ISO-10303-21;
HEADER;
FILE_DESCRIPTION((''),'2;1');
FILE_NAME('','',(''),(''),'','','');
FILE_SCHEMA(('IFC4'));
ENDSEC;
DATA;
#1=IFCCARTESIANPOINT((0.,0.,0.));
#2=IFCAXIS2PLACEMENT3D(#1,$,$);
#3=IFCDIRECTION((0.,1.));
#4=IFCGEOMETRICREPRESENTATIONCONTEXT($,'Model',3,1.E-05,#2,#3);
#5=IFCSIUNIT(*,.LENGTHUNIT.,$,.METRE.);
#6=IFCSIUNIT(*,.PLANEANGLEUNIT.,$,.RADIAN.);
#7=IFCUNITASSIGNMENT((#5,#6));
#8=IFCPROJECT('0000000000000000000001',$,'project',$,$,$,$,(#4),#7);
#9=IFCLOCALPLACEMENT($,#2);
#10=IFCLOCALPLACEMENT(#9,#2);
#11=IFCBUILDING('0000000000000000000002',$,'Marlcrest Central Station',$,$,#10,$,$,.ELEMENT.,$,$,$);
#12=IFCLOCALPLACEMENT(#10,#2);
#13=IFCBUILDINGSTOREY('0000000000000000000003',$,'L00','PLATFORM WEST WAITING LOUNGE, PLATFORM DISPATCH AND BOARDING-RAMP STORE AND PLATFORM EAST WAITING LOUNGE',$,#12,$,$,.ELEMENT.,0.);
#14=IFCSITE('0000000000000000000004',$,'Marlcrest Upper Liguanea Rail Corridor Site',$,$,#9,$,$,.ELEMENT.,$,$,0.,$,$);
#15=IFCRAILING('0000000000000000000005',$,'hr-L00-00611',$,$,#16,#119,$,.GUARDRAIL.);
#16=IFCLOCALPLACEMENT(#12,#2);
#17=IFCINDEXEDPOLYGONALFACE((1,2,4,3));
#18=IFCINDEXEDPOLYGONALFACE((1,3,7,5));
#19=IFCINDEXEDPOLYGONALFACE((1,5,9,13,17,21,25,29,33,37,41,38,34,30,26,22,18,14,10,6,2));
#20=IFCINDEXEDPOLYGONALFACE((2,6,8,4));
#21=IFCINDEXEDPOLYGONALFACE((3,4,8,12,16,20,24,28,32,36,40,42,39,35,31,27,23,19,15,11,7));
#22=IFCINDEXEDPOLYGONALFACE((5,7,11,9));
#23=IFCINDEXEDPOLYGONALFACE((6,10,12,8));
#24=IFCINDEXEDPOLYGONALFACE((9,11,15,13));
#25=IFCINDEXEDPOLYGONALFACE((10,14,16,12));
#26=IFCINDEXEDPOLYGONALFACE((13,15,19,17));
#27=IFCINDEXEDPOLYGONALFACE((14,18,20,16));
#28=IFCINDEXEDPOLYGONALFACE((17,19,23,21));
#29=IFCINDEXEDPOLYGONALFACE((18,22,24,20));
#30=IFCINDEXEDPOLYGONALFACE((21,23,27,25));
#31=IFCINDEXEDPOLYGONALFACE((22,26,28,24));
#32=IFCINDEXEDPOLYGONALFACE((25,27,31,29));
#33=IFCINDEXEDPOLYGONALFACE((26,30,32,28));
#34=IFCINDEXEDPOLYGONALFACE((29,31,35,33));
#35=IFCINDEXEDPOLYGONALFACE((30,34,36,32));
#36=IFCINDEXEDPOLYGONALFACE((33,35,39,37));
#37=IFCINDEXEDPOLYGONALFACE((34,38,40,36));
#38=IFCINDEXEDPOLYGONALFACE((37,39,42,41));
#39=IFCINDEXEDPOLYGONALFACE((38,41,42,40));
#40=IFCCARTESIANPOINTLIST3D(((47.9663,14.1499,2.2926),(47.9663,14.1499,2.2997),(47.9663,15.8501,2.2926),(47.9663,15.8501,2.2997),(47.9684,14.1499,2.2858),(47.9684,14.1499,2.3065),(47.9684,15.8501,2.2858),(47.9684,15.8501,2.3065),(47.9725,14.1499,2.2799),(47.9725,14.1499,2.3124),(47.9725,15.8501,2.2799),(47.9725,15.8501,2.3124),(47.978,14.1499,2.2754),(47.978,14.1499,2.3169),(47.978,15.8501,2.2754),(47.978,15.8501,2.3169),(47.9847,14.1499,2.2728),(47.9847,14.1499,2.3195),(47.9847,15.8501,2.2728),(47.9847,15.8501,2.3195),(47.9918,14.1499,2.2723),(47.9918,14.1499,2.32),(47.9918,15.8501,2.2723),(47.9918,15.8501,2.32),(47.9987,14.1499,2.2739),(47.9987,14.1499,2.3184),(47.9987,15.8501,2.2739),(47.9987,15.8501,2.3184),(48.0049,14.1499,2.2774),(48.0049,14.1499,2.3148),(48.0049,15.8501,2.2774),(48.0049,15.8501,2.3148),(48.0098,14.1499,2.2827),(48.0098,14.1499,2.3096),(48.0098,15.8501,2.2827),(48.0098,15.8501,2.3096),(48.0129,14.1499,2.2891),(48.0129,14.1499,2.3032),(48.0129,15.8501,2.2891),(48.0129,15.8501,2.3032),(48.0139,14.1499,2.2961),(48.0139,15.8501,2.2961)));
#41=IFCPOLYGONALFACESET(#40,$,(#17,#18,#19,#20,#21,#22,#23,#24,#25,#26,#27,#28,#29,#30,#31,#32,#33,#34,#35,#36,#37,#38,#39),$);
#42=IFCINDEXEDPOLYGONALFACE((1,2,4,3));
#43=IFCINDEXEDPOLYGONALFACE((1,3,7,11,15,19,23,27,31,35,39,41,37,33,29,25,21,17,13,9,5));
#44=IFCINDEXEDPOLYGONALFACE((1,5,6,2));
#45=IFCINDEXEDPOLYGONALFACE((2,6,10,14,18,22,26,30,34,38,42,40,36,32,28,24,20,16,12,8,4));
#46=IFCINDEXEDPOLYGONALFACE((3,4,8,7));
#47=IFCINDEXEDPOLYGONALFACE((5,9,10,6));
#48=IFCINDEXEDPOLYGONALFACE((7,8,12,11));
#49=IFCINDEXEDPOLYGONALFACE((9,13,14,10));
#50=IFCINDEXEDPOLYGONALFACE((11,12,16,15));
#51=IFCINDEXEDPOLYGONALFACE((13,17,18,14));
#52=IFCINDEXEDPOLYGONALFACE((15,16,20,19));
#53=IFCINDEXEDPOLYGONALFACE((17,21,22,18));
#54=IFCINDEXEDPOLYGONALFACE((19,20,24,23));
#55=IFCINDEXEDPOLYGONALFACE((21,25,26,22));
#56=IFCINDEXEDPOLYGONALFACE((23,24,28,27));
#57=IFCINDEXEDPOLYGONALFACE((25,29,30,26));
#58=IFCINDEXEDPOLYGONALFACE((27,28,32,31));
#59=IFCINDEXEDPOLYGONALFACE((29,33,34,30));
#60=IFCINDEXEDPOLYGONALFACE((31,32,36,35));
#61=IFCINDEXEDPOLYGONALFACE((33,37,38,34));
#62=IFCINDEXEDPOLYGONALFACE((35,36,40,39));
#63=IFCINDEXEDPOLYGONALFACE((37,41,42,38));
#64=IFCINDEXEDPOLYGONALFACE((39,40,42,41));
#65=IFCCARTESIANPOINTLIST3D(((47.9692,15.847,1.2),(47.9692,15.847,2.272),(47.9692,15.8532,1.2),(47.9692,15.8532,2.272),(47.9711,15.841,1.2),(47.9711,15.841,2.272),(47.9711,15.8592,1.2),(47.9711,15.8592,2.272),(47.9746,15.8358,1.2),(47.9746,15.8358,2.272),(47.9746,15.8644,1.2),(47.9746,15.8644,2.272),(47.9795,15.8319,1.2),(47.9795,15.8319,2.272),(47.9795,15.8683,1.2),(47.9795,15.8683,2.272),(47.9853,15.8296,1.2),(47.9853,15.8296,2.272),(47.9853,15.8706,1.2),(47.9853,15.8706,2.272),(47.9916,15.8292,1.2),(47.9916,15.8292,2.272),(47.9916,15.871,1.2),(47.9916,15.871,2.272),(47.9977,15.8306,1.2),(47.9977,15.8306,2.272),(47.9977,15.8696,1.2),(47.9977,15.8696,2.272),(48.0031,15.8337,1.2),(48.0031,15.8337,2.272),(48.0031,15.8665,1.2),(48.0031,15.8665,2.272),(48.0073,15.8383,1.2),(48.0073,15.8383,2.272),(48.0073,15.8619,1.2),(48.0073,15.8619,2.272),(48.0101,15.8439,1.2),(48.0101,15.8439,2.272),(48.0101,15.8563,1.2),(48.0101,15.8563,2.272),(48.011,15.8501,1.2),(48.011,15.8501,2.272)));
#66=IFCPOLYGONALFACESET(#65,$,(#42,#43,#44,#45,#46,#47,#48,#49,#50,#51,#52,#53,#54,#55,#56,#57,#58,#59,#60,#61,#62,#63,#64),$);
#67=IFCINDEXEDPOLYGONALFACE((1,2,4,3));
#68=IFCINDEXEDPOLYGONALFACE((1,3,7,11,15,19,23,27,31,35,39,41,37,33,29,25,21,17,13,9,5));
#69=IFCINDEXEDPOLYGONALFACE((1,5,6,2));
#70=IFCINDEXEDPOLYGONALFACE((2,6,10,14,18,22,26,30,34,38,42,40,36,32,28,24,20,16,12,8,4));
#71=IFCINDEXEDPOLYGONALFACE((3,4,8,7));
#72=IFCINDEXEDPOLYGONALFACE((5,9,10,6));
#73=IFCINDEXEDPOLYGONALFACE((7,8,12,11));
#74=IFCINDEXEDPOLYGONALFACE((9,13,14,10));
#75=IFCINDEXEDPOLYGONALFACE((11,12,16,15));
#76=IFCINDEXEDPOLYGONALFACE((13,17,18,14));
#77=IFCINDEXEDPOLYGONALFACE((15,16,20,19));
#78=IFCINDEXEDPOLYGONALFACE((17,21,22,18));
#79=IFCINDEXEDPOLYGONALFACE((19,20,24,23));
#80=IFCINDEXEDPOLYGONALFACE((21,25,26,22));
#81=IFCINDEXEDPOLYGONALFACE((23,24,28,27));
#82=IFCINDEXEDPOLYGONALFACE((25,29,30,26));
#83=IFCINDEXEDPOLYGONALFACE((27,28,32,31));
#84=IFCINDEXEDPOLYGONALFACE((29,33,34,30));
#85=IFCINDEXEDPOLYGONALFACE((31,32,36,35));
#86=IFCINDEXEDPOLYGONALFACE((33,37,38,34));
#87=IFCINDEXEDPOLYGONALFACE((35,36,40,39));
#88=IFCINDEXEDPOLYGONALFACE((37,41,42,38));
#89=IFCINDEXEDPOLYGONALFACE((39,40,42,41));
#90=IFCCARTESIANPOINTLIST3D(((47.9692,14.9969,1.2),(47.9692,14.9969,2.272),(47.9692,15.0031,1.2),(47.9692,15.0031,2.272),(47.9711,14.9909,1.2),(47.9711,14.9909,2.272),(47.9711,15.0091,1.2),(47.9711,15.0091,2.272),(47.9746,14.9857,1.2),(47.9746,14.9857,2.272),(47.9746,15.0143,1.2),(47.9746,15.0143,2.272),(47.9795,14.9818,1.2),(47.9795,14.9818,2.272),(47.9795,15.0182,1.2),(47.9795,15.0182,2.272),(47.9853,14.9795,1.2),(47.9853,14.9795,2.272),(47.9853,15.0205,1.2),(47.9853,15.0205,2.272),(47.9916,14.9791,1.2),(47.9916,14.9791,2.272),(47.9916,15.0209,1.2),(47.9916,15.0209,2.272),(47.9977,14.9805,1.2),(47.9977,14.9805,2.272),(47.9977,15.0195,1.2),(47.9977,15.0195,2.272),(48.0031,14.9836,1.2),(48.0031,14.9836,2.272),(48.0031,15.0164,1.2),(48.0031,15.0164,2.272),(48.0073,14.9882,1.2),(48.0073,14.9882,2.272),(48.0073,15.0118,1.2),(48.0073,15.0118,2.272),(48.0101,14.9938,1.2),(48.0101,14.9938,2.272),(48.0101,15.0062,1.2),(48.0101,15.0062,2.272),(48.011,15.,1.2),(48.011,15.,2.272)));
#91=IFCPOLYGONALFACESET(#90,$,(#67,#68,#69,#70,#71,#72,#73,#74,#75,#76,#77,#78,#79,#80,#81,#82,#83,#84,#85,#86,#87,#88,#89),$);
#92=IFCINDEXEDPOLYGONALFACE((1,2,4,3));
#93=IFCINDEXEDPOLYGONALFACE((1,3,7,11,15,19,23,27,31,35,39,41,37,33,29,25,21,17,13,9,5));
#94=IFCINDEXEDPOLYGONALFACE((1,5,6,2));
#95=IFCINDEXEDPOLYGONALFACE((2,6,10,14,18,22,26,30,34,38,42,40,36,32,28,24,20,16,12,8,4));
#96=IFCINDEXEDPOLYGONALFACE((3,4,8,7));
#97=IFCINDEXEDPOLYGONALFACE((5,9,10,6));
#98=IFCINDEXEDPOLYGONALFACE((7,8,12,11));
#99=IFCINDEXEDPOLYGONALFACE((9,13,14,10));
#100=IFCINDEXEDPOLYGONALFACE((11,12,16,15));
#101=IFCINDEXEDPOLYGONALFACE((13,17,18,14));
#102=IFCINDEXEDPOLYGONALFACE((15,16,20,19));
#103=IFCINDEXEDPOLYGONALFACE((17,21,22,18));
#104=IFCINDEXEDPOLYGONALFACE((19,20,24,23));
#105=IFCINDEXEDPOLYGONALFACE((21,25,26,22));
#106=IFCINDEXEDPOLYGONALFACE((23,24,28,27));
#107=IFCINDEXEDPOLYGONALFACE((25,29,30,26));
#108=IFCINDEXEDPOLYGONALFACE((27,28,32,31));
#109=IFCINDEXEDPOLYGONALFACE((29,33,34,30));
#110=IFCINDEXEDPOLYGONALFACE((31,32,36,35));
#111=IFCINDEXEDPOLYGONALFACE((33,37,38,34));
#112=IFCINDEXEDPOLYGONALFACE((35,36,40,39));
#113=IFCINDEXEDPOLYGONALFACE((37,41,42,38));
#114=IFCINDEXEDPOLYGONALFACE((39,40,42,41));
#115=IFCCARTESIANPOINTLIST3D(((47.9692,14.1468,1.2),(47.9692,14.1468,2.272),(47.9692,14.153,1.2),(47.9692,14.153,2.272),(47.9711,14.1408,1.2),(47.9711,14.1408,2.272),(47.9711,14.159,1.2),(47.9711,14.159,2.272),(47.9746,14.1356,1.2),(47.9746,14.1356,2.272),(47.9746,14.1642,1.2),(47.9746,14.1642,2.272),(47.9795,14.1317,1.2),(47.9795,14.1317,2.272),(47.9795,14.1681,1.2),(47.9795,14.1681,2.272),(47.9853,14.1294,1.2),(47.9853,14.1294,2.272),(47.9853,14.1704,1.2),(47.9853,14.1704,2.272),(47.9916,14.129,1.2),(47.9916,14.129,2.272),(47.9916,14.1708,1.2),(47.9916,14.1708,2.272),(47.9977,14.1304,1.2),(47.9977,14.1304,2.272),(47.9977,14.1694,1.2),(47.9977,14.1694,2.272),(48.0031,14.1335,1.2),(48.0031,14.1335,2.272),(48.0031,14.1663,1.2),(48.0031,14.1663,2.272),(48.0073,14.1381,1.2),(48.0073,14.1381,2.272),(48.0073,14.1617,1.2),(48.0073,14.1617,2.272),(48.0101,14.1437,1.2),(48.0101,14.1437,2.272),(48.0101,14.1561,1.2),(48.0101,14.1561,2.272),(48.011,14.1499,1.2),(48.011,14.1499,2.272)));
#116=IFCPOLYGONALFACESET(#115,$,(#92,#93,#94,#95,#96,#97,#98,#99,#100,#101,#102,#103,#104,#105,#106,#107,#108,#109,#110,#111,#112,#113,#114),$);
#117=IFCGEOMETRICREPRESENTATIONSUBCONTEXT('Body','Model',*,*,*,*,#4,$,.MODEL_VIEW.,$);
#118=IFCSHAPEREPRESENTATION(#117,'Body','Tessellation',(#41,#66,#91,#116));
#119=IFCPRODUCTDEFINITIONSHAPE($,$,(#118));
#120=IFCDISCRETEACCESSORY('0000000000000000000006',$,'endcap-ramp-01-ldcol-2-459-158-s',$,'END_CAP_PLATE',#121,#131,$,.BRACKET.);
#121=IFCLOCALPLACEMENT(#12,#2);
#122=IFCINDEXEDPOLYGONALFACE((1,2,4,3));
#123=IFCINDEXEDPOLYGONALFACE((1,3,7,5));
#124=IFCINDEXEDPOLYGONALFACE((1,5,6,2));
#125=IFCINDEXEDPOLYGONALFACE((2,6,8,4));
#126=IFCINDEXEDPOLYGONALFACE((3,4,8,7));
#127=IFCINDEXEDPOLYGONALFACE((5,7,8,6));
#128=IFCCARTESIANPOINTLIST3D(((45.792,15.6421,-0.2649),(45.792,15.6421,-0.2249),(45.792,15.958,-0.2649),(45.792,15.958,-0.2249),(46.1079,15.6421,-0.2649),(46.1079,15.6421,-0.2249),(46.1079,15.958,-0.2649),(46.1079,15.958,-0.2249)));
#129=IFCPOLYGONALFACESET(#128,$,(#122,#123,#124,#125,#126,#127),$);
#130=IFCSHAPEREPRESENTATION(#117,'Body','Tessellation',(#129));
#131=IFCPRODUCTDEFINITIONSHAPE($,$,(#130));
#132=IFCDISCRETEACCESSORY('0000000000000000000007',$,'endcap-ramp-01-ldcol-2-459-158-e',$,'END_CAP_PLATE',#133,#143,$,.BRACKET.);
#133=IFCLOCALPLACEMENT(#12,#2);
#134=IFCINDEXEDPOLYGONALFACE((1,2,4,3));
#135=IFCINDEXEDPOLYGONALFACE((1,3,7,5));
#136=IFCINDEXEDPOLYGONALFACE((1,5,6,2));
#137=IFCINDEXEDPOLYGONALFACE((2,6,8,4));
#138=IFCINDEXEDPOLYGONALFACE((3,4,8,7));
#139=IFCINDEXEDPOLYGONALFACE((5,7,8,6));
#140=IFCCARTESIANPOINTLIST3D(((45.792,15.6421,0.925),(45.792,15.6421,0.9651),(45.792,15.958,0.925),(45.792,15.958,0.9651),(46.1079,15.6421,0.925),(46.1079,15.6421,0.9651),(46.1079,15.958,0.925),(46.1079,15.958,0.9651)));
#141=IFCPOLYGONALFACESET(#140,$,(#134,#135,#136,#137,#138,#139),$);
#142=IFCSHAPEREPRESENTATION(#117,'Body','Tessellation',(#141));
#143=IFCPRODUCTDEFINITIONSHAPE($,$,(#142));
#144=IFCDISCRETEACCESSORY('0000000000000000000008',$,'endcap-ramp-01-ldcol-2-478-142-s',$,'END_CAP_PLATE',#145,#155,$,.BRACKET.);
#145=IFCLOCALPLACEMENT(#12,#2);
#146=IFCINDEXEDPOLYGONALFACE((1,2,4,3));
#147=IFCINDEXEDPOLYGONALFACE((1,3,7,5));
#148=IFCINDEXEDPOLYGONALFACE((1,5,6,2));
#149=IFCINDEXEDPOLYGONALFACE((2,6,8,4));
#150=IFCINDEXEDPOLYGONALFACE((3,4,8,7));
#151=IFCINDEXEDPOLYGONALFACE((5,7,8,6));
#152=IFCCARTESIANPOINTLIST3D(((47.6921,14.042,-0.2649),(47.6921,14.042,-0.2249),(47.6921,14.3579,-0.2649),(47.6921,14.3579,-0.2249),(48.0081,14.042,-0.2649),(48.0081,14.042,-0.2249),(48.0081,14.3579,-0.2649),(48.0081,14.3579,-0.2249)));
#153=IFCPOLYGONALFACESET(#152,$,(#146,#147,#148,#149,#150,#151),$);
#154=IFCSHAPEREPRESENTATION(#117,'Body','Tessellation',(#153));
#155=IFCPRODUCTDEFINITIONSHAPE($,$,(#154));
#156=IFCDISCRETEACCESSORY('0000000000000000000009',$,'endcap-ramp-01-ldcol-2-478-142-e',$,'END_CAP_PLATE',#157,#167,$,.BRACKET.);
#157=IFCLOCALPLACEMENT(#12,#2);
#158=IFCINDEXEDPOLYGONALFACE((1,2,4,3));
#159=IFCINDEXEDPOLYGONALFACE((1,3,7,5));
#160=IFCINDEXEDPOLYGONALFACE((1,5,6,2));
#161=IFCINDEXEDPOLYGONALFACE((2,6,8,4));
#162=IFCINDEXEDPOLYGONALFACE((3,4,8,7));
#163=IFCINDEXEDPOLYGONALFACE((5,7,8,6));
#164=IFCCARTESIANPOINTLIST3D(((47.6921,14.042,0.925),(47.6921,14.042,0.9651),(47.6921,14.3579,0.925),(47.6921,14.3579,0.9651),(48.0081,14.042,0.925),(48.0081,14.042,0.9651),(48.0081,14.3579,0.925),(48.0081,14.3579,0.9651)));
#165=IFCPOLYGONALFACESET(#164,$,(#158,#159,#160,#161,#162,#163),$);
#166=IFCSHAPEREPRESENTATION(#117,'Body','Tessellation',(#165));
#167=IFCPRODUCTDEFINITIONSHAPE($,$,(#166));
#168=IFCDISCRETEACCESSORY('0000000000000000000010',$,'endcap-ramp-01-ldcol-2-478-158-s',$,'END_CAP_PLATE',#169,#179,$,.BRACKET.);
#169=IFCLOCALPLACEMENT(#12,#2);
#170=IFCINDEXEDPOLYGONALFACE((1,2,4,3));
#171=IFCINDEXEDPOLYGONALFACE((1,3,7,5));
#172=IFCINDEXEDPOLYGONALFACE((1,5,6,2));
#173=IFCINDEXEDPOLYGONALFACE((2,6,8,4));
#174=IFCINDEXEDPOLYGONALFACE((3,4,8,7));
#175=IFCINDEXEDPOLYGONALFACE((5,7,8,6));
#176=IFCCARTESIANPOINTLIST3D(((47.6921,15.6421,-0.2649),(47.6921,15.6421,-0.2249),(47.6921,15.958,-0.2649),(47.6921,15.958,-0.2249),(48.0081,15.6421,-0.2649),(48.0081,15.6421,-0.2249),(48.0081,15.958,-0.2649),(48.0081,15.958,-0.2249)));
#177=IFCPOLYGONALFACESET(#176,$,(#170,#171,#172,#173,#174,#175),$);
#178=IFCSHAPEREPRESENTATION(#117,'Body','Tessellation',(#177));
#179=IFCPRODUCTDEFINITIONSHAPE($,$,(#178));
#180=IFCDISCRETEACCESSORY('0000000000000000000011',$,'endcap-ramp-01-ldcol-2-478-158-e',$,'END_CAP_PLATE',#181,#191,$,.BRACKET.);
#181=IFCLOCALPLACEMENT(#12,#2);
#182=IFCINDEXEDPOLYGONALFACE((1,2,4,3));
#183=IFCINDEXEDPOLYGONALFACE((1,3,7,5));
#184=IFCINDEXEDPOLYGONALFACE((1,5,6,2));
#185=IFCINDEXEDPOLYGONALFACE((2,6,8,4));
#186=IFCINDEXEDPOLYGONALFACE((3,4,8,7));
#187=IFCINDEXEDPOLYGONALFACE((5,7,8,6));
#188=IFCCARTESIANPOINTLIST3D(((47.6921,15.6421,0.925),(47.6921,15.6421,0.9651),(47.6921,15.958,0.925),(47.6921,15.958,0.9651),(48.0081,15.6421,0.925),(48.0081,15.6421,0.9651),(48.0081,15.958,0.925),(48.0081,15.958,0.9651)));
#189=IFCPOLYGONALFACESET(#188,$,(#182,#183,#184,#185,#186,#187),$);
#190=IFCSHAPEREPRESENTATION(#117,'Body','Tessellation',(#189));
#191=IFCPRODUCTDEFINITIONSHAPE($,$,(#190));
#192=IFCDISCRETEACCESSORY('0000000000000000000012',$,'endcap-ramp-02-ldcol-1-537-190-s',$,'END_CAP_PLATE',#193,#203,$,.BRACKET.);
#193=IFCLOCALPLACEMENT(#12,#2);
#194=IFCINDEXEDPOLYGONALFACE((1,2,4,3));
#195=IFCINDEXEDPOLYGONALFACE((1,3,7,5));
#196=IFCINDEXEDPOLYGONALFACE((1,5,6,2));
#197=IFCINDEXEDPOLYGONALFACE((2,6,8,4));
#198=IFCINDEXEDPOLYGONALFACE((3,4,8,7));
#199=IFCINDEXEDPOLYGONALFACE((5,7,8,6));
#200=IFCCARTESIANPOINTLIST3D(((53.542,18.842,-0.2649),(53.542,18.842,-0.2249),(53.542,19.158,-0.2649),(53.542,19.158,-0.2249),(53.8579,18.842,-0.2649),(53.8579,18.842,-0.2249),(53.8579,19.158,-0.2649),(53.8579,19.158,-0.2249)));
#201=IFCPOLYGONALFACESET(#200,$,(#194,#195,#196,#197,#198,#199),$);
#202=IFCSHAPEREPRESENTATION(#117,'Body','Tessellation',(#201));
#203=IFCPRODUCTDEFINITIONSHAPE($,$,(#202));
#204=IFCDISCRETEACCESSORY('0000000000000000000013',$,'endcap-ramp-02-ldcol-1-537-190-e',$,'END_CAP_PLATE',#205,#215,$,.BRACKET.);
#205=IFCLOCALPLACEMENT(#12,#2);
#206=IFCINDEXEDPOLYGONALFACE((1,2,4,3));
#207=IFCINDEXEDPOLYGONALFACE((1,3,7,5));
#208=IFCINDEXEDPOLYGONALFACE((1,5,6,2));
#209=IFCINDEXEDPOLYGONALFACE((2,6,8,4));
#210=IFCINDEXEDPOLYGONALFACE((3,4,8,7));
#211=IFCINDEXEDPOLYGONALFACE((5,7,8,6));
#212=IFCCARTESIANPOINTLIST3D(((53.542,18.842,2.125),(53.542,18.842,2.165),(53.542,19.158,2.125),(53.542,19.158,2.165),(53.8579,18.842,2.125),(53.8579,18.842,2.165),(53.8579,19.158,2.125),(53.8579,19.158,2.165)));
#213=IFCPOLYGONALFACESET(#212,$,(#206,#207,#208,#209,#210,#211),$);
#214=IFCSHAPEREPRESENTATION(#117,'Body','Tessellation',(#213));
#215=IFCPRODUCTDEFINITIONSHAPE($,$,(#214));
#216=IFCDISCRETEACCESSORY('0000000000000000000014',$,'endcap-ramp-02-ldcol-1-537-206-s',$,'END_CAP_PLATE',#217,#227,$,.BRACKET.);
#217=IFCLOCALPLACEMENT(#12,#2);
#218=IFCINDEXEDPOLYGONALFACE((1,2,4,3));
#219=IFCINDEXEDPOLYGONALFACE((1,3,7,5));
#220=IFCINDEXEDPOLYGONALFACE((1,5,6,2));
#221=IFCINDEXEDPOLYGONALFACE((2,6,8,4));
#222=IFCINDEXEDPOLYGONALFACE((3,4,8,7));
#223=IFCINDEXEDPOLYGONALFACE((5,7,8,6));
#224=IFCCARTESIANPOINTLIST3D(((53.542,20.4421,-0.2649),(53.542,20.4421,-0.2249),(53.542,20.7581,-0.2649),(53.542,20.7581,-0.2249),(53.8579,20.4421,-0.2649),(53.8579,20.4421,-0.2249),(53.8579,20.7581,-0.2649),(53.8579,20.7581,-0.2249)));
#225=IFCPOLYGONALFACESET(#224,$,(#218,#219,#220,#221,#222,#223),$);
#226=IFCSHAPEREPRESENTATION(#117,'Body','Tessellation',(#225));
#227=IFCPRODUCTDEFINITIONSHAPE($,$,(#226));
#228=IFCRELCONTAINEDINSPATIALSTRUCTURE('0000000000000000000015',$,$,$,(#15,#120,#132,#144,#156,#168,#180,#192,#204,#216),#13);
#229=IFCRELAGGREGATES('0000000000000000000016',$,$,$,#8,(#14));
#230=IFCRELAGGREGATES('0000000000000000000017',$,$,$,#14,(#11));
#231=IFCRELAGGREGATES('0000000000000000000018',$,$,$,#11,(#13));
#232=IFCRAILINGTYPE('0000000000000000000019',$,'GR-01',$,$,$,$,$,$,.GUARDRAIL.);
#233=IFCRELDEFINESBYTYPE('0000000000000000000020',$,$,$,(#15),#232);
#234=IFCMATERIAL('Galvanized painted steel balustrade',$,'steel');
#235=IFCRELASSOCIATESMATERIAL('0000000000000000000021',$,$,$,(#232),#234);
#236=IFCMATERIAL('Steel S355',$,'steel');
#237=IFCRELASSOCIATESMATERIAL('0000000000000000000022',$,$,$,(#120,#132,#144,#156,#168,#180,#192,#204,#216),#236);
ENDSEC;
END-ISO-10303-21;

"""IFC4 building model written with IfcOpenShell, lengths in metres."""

from ifc_helpers import new_model, si_unit, direction, frame, origin, origin_2d, place, context, subcontext, project, spatial, rectangle, circle, extrude, material, type_object, element, save


model = new_model("IFC4")

# Units and contexts
model_context = context("Model", 3, precision=1e-05, world=origin(), true_north=direction((0.0, 1.0)))
body_context = subcontext(model_context, "Body", "Model", "MODEL_VIEW")
ifc_project = project(units=[si_unit("LENGTHUNIT", "METRE"), si_unit("PLANEANGLEUNIT", "RADIAN")], contexts=[model_context])

# Site, building, storey
site_placement = place(None, origin())
site = spatial("IfcSite", under=ifc_project, at=site_placement, Name="Marlcrest Upper Liguanea Rail Corridor Site", CompositionType="ELEMENT", RefElevation=0.0)
building_placement = place(site_placement, origin())
building = spatial("IfcBuilding", under=site, at=building_placement, Name="Marlcrest Central Station", CompositionType="ELEMENT")
storey_placement = place(building_placement, origin())
storey = spatial("IfcBuildingStorey", under=building, at=storey_placement, Name="L00", Description="PLATFORM WEST WAITING LOUNGE, PLATFORM DISPATCH AND BOARDING-RAMP STORE AND PLATFORM EAST WAITING LOUNGE", CompositionType="ELEMENT", Elevation=0.0)

# Shared definitions
ifc_material_1 = material(Name="Steel S355", Category="steel")

# Railing
ifc_material_2 = material(Name="Galvanized painted steel balustrade", Category="steel")
railing_type_1 = type_object("IfcRailingType", Name="GR-01", PredefinedType="GUARDRAIL", material=ifc_material_2)
railing_1_placement = place(storey_placement, frame((47.99, 15.8501, 1.2)))
element("IfcRailing", 1, at=railing_1_placement, inside=storey, type_object=railing_type_1, Name="hr-L00-00611", PredefinedType="GUARDRAIL", context=body_context, shape_type="SweptSolid", body=[
    extrude(circle(Radius=0.0239, at=origin_2d()), frame((0.0, 0.0, 1.0962), z_axis=(0.0, -1.0, 0.0), x_axis=(1.0, 0.0, 0.0)), (0.0, 0.0, 1.0), 1.7002),
    extrude(circle(Radius=0.021, at=origin_2d()), origin(), (0.0, 0.0, 1.0), 1.072),
    extrude(circle(Radius=0.021, at=origin_2d()), frame((0.0, -0.8501, 0.0)), (0.0, 0.0, 1.0), 1.072),
    extrude(circle(Radius=0.021, at=origin_2d()), frame((0.0, -1.7002, 0.0)), (0.0, 0.0, 1.0), 1.072),
])

# Discrete accessories
for number, where, z_axis, x_axis, name in (
    (2, (45.95, 15.8, -0.2649), (0.0, 0.0, 1.0), (1.0, 0.0, 0.0), "endcap-ramp-01-ldcol-2-459-158-s"),
    (3, (45.95, 15.8, 0.925), (0.0, 0.0, 1.0), (1.0, 0.0, 0.0), "endcap-ramp-01-ldcol-2-459-158-e"),
    (4, (47.8501, 14.2, -0.2649), (0.0, 0.0, 1.0), (1.0, 0.0, 0.0), "endcap-ramp-01-ldcol-2-478-142-s"),
    (5, (47.8501, 14.2, 0.925), (0.0, 0.0, 1.0), (1.0, 0.0, 0.0), "endcap-ramp-01-ldcol-2-478-142-e"),
    (6, (47.8501, 15.8, -0.2649), (0.0, 0.0, 1.0), (1.0, 0.0, 0.0), "endcap-ramp-01-ldcol-2-478-158-s"),
    (7, (47.8501, 15.8, 0.925), (0.0, 0.0, 1.0), (1.0, 0.0, 0.0), "endcap-ramp-01-ldcol-2-478-158-e"),
    (8, (53.7, 19.0, -0.2649), (0.0, 0.0, 1.0), (1.0, 0.0, 0.0), "endcap-ramp-02-ldcol-1-537-190-s"),
    (9, (53.7, 19.0, 2.125), (0.0, 0.0, 1.0), (1.0, 0.0, 0.0), "endcap-ramp-02-ldcol-1-537-190-e"),
    (10, (53.7, 20.6001, -0.2649), (0.0, 0.0, 1.0), (1.0, 0.0, 0.0), "endcap-ramp-02-ldcol-1-537-206-s"),
):
    element("IfcDiscreteAccessory", number, at=place(storey_placement, frame(where, z_axis=z_axis, x_axis=x_axis)), inside=storey, material=ifc_material_1, Name=name, ObjectType="END_CAP_PLATE", PredefinedType="BRACKET", context=body_context, shape_type="SweptSolid", body=[
        extrude(rectangle(XDim=0.3159, YDim=0.3159, at=origin_2d()), origin(), (0.0, 0.0, 1.0), 0.04),
    ])

save(model, "model.ifc")
